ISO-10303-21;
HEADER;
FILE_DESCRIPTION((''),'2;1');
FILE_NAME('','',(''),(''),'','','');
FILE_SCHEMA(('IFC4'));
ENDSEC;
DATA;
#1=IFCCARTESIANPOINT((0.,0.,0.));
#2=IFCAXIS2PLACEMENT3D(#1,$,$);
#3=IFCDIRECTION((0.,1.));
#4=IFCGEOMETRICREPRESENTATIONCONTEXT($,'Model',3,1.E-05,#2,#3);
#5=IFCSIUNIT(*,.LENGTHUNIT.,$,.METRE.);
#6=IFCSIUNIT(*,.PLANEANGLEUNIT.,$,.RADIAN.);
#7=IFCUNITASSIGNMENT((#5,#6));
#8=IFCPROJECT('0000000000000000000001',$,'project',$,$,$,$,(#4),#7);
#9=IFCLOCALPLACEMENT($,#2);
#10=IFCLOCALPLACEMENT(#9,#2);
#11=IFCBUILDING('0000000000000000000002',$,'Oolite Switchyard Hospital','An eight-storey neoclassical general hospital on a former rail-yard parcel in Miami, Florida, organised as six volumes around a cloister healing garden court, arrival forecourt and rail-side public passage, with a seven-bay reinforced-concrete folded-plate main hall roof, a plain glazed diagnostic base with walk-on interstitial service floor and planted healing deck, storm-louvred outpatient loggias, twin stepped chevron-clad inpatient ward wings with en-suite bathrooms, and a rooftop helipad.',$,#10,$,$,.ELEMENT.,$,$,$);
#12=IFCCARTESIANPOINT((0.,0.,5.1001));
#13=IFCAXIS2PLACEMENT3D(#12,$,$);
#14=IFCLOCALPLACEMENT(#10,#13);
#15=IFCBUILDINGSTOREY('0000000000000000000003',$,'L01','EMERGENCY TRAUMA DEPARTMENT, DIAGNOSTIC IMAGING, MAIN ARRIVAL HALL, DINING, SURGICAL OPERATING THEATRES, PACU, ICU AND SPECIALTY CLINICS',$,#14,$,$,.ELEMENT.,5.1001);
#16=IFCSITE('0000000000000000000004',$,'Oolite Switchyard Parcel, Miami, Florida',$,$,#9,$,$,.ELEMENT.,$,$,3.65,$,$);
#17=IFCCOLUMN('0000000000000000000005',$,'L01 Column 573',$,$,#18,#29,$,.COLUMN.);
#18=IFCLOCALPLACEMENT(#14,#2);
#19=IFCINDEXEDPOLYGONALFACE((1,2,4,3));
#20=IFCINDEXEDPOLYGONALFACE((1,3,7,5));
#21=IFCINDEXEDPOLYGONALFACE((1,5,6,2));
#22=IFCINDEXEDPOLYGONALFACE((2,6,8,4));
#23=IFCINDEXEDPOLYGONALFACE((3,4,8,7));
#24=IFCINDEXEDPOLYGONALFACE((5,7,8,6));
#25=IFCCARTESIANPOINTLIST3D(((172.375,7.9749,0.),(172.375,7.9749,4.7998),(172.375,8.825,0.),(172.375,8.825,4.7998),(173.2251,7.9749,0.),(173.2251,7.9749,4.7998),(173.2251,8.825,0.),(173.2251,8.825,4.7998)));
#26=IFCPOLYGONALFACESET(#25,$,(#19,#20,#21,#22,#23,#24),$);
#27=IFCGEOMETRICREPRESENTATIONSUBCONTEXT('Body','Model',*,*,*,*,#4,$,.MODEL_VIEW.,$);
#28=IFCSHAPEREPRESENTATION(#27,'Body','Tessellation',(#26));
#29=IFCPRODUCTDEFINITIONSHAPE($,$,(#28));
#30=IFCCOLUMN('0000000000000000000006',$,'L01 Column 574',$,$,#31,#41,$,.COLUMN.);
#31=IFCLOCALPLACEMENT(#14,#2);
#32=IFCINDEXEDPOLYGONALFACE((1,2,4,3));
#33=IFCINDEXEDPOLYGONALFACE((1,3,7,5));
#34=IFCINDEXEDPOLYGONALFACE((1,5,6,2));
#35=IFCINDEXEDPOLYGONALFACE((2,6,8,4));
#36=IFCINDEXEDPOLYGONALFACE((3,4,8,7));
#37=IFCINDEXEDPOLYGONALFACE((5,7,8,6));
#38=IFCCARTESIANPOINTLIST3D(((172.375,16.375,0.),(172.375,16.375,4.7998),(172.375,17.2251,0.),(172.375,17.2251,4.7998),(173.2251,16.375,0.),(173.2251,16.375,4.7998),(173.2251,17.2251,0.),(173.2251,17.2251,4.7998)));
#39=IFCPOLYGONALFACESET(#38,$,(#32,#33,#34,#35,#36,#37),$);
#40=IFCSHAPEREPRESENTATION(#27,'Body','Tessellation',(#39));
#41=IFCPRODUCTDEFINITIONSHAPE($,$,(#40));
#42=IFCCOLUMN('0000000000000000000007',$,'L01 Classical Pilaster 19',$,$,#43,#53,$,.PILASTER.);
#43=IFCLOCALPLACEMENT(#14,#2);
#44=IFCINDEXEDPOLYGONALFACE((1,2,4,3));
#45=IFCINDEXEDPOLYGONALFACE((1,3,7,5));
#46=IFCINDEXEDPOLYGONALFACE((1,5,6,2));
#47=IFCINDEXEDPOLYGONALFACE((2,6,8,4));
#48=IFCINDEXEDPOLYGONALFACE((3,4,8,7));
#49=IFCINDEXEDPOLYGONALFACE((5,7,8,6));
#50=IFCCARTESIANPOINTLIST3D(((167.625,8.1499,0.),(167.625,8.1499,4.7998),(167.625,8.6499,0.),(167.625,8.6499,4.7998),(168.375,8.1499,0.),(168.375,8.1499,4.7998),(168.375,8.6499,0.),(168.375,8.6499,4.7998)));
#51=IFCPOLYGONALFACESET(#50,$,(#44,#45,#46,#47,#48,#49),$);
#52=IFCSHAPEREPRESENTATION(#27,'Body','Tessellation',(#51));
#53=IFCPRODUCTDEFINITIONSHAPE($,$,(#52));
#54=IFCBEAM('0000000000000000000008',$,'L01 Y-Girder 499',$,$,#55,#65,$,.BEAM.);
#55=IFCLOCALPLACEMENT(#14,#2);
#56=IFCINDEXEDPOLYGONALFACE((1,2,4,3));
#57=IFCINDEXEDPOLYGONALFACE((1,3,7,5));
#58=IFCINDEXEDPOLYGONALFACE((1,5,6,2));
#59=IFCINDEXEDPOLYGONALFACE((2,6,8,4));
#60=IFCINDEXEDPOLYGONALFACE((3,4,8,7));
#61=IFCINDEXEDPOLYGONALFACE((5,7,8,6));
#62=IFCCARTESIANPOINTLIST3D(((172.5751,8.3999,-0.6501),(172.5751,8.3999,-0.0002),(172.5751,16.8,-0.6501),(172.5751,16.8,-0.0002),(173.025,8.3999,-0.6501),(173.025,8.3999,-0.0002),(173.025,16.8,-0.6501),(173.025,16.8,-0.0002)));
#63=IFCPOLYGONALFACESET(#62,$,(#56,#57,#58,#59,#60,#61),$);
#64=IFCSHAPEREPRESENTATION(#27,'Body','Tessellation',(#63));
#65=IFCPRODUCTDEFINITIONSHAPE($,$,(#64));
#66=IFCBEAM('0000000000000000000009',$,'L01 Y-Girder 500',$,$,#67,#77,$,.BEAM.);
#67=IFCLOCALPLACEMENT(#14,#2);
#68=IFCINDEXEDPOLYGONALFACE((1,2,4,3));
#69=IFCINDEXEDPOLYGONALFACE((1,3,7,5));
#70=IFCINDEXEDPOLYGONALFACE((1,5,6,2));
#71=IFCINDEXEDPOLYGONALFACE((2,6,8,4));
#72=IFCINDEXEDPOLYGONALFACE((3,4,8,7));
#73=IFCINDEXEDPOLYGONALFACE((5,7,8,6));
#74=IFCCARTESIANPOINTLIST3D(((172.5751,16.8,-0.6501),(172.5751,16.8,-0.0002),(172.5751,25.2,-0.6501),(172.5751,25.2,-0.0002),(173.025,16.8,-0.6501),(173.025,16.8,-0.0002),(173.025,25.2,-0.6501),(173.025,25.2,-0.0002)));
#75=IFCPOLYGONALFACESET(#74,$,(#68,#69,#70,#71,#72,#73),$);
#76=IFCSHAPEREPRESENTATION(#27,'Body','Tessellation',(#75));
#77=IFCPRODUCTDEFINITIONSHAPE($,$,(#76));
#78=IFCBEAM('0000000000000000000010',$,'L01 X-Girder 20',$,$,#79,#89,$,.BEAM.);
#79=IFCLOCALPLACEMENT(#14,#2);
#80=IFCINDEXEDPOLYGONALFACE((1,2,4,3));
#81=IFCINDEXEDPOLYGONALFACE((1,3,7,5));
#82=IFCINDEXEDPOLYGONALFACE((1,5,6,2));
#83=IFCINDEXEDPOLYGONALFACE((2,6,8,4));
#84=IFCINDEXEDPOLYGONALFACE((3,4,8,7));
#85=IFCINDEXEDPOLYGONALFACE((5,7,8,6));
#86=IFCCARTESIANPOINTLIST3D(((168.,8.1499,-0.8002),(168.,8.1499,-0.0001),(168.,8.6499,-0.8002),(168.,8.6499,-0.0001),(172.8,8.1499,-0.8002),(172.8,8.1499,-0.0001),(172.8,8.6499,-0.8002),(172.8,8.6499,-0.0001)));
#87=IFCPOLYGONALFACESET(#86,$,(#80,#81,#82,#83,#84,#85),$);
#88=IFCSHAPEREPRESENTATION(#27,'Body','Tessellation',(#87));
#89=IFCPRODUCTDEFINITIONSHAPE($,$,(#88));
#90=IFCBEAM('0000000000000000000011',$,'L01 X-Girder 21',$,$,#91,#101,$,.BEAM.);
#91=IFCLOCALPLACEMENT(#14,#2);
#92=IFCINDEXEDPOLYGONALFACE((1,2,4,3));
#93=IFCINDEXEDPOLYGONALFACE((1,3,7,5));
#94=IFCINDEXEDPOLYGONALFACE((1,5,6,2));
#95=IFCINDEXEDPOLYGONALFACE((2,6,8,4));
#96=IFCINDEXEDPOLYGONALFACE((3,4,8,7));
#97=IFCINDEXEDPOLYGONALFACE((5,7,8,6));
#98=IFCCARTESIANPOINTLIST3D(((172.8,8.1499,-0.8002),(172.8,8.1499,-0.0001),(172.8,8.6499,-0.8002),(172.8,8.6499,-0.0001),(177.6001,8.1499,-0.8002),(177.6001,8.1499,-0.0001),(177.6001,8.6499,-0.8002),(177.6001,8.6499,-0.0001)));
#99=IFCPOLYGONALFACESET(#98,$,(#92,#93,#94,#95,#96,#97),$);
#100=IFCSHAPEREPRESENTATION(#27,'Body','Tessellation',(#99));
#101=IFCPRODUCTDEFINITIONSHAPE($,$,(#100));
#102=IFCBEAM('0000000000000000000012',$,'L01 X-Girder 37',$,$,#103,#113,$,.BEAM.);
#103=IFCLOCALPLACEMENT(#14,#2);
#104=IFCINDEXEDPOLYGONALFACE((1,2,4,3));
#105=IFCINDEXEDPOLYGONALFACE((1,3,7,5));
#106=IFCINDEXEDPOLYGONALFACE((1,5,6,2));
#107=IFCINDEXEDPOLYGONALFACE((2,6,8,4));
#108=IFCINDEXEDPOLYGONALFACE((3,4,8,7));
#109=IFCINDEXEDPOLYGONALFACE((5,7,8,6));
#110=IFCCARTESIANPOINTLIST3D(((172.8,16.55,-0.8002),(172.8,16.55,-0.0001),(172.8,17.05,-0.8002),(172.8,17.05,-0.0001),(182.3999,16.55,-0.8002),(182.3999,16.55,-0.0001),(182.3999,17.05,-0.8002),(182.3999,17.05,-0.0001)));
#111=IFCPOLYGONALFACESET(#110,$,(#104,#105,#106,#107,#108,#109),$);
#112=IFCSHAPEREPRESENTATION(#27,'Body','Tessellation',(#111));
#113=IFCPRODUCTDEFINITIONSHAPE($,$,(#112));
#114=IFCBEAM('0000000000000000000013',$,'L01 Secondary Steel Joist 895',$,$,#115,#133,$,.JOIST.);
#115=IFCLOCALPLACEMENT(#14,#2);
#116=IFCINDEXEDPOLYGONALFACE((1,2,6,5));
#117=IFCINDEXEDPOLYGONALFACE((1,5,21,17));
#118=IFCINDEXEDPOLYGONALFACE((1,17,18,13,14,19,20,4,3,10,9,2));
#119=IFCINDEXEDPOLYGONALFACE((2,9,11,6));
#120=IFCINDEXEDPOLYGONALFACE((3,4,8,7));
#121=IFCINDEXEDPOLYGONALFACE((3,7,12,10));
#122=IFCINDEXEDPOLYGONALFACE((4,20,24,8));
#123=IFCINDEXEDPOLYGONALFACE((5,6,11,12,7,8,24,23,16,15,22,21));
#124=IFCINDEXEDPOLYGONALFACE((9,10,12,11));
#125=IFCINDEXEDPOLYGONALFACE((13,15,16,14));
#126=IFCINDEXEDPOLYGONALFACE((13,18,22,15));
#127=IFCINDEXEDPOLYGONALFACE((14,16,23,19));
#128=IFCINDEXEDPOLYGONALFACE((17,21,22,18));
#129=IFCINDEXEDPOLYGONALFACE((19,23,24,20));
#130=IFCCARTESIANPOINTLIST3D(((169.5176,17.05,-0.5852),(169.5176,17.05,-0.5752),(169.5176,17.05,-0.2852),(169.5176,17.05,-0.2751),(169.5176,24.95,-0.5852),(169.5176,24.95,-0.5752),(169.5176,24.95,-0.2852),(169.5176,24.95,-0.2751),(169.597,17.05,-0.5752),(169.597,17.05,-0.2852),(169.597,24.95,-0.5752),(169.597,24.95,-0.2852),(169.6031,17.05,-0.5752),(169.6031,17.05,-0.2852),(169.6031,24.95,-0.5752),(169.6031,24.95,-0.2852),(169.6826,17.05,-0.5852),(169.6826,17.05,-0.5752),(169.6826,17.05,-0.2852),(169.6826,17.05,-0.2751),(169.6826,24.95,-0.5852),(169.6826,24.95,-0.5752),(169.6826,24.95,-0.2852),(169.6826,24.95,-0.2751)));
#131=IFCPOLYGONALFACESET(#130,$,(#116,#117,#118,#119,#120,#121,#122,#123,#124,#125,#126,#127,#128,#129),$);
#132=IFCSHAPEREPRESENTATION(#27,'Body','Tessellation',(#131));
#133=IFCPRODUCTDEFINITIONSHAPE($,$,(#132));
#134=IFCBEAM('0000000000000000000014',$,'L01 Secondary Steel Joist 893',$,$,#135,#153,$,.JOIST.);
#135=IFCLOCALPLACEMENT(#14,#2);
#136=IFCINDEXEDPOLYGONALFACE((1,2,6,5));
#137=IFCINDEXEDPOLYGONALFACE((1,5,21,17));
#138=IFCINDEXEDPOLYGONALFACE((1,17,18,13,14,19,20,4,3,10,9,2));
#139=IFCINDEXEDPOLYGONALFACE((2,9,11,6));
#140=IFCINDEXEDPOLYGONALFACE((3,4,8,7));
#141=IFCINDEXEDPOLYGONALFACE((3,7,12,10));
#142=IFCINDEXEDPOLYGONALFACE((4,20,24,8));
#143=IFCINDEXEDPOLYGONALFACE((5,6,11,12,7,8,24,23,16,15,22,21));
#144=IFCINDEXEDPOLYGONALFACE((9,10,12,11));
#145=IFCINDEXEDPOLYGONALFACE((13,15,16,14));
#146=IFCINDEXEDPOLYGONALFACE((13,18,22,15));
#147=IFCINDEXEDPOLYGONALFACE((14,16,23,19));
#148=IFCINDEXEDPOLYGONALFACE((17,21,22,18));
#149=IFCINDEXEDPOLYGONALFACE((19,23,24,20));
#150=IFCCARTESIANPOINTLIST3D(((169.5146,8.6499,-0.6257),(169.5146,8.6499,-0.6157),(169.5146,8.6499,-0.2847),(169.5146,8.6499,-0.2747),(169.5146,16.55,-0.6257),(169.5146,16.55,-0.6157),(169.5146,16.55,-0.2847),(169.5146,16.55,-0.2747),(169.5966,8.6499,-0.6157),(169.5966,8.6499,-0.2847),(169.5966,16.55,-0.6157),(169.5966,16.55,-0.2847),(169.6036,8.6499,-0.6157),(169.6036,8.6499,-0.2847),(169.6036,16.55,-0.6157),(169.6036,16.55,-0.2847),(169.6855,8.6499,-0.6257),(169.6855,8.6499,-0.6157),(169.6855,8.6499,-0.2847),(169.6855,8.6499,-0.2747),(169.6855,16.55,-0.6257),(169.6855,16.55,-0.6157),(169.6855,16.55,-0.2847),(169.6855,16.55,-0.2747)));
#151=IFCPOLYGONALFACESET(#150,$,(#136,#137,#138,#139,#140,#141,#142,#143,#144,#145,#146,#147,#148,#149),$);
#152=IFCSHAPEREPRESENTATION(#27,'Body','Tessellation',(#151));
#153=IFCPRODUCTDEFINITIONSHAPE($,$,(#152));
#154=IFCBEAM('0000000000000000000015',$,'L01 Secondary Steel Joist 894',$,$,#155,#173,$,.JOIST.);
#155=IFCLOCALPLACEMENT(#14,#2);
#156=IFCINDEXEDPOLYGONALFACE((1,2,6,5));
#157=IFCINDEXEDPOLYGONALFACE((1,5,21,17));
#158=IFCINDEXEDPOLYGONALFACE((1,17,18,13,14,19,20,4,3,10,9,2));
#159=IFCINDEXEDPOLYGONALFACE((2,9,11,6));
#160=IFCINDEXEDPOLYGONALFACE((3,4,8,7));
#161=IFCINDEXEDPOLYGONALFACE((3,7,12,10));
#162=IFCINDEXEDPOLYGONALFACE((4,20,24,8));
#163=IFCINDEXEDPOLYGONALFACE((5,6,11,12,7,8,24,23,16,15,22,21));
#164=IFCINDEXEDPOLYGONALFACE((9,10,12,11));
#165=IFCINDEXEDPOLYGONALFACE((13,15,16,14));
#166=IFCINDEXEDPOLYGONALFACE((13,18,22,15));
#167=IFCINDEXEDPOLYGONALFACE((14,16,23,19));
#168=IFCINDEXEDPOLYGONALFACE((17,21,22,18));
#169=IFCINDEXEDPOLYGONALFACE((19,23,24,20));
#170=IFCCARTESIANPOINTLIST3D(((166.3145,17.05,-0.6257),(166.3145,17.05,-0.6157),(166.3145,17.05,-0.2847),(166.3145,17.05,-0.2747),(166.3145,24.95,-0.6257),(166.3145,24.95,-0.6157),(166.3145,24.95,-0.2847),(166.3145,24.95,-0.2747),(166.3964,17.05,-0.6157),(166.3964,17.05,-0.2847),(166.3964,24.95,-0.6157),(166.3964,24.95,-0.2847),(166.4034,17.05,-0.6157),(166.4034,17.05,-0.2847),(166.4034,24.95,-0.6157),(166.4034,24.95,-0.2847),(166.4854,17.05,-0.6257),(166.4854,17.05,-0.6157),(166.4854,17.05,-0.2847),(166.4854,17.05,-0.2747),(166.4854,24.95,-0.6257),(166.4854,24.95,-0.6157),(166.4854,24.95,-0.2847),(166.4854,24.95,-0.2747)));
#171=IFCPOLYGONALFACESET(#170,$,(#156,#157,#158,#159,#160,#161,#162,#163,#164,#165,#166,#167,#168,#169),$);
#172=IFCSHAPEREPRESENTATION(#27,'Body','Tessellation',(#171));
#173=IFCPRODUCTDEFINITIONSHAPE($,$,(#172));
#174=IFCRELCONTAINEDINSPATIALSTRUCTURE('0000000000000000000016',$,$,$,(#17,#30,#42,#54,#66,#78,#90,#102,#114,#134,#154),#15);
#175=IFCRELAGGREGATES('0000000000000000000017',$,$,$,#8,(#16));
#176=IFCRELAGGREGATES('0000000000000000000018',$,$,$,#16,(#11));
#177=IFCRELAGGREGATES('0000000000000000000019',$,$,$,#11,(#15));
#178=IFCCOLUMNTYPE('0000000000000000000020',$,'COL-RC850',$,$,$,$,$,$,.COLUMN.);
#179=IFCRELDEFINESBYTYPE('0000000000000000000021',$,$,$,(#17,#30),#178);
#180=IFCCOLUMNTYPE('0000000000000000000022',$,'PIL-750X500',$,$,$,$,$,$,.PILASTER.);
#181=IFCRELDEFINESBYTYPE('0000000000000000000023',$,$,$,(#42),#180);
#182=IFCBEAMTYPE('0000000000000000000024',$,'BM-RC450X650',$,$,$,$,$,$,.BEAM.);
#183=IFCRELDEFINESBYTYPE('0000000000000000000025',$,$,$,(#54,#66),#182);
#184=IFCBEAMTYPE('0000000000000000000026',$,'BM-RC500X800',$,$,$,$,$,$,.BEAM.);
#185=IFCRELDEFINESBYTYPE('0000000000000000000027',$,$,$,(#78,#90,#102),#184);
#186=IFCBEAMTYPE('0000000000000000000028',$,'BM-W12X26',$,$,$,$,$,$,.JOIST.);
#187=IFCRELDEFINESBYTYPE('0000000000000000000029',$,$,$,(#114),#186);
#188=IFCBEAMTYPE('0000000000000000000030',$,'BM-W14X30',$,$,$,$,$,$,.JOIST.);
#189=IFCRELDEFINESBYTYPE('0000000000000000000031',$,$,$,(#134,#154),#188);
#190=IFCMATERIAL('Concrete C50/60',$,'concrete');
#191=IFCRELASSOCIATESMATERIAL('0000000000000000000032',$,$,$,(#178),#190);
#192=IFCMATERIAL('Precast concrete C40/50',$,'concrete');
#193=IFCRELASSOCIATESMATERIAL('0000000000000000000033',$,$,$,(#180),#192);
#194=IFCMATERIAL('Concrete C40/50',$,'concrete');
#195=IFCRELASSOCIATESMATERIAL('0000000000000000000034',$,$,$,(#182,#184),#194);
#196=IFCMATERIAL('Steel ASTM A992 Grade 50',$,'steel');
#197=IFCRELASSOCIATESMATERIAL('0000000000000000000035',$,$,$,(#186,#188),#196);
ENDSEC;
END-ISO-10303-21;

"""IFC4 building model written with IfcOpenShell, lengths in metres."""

from ifc_helpers import new_model, si_unit, direction, frame, origin, origin_2d, place, context, subcontext, project, spatial, rectangle, i_section, extrude, material, material_profile, profile_set, type_object, element, save


model = new_model("IFC4")

# Units and contexts
model_context = context("Model", 3, precision=1e-05, world=origin(), true_north=direction((0.0, 1.0)))
body_context = subcontext(model_context, "Body", "Model", "MODEL_VIEW")
ifc_project = project(units=[si_unit("LENGTHUNIT", "METRE"), si_unit("PLANEANGLEUNIT", "RADIAN")], contexts=[model_context])

# Site, building, storey
site_placement = place(None, origin())
site = spatial("IfcSite", under=ifc_project, at=site_placement, Name="Oolite Switchyard Parcel, Miami, Florida", CompositionType="ELEMENT", RefElevation=3.65)
building_placement = place(site_placement, origin())
building = spatial("IfcBuilding", under=site, at=building_placement, Name="Oolite Switchyard Hospital", Description="An eight-storey neoclassical general hospital on a former rail-yard parcel in Miami, Florida, organised as six volumes around a cloister healing garden court, arrival forecourt and rail-side public passage, with a seven-bay reinforced-concrete folded-plate main hall roof, a plain glazed diagnostic base with walk-on interstitial service floor and planted healing deck, storm-louvred outpatient loggias, twin stepped chevron-clad inpatient ward wings with en-suite bathrooms, and a rooftop helipad.", CompositionType="ELEMENT")
storey_placement = place(building_placement, frame((0.0, 0.0, 5.1001)))
storey = spatial("IfcBuildingStorey", under=building, at=storey_placement, Name="L01", Description="EMERGENCY TRAUMA DEPARTMENT, DIAGNOSTIC IMAGING, MAIN ARRIVAL HALL, DINING, SURGICAL OPERATING THEATRES, PACU, ICU AND SPECIALTY CLINICS", CompositionType="ELEMENT", Elevation=5.1001)

# Columns
ifc_material_1 = material(Name="Concrete C50/60", Category="concrete")
ifc_material_profile_1 = material_profile(ifc_material_1, rectangle(XDim=0.8501, YDim=0.8501, at=origin_2d()), Name="RC850X850")
ifc_profile_set_1 = profile_set([ifc_material_profile_1], Name="Concrete C50/60")
column_type_1 = type_object("IfcColumnType", Name="COL-RC850", PredefinedType="COLUMN", material=ifc_profile_set_1)
for number, where, z_axis, x_axis, name in (
    (1, (172.8, 8.3999, 0.0), (0.0, 0.0, 1.0), (1.0, 0.0, 0.0), "L01 Column 573"),
    (2, (172.8, 16.8, 0.0), (0.0, 0.0, 1.0), (1.0, 0.0, 0.0), "L01 Column 574"),
):
    element("IfcColumn", number, at=place(storey_placement, frame(where, z_axis=z_axis, x_axis=x_axis)), inside=storey, type_object=column_type_1, Name=name, PredefinedType="COLUMN", context=body_context, shape_type="SweptSolid", body=[
        extrude(rectangle(XDim=0.8501, YDim=0.8501, at=origin_2d()), origin(), (0.0, 0.0, 1.0), 4.7998),
    ])
ifc_material_2 = material(Name="Precast concrete C40/50", Category="concrete")
ifc_material_profile_2 = material_profile(ifc_material_2, rectangle(XDim=0.75, YDim=0.5, at=origin_2d()), Name="PIL750X500")
ifc_profile_set_2 = profile_set([ifc_material_profile_2], Name="Precast concrete C40/50")
column_type_2 = type_object("IfcColumnType", Name="PIL-750X500", PredefinedType="PILASTER", material=ifc_profile_set_2)
column_placement = place(storey_placement, frame((168.0, 8.3999, 0.0), z_axis=(0.0, 0.0, 1.0), x_axis=(1.0, 0.0, 0.0)))
element("IfcColumn", 3, at=column_placement, inside=storey, type_object=column_type_2, Name="L01 Classical Pilaster 19", PredefinedType="PILASTER", context=body_context, shape_type="SweptSolid", body=[
    extrude(rectangle(XDim=0.75, YDim=0.5, at=origin_2d()), origin(), (0.0, 0.0, 1.0), 4.7998),
])

# Beams
ifc_material_3 = material(Name="Concrete C40/50", Category="concrete")
ifc_material_profile_3 = material_profile(ifc_material_3, rectangle(XDim=0.45, YDim=0.6499, at=origin_2d()), Name="RCB450X650")
ifc_profile_set_3 = profile_set([ifc_material_profile_3], Name="Concrete C40/50")
beam_type_1 = type_object("IfcBeamType", Name="BM-RC450X650", PredefinedType="BEAM", material=ifc_profile_set_3)
beam_1_placement = place(storey_placement, frame((172.8, 8.3999, -0.3252), z_axis=(0.0, 1.0, 0.0), x_axis=(-1.0, 0.0, 0.0)))
element("IfcBeam", 4, at=beam_1_placement, inside=storey, type_object=beam_type_1, Name="L01 Y-Girder 499", PredefinedType="BEAM", context=body_context, shape_type="SweptSolid", body=[
    extrude(rectangle(XDim=0.45, YDim=0.6499, at=origin_2d()), origin(), (0.0, 0.0, 1.0), 8.4001),
])
beam_2_placement = place(storey_placement, frame((172.8, 16.8, -0.3252), z_axis=(0.0, 1.0, 0.0), x_axis=(-1.0, 0.0, 0.0)))
element("IfcBeam", 5, at=beam_2_placement, inside=storey, type_object=beam_type_1, Name="L01 Y-Girder 500", PredefinedType="BEAM", context=body_context, shape_type="SweptSolid", body=[
    extrude(rectangle(XDim=0.45, YDim=0.6499, at=origin_2d()), origin(), (0.0, 0.0, 1.0), 8.3999),
])
ifc_material_profile_4 = material_profile(ifc_material_3, rectangle(XDim=0.5, YDim=0.8, at=origin_2d()), Name="RCB500X800")
ifc_profile_set_4 = profile_set([ifc_material_profile_4], Name="Concrete C40/50")
beam_type_2 = type_object("IfcBeamType", Name="BM-RC500X800", PredefinedType="BEAM", material=ifc_profile_set_4)
for number, where, z_axis, x_axis, name in (
    (6, (168.0, 8.3999, -0.4001), (1.0, 0.0, 0.0), (0.0, 1.0, 0.0), "L01 X-Girder 20"),
    (7, (172.8, 8.3999, -0.4001), (1.0, 0.0, 0.0), (0.0, 1.0, 0.0), "L01 X-Girder 21"),
):
    element("IfcBeam", number, at=place(storey_placement, frame(where, z_axis=z_axis, x_axis=x_axis)), inside=storey, type_object=beam_type_2, Name=name, PredefinedType="BEAM", context=body_context, shape_type="SweptSolid", body=[
        extrude(rectangle(XDim=0.5, YDim=0.8, at=origin_2d()), origin(), (0.0, 0.0, 1.0), 4.8),
    ])
beam_3_placement = place(storey_placement, frame((172.8, 16.8, -0.4001), z_axis=(1.0, 0.0, 0.0), x_axis=(0.0, 1.0, 0.0)))
element("IfcBeam", 8, at=beam_3_placement, inside=storey, type_object=beam_type_2, Name="L01 X-Girder 37", PredefinedType="BEAM", context=body_context, shape_type="SweptSolid", body=[
    extrude(rectangle(XDim=0.5, YDim=0.8, at=origin_2d()), origin(), (0.0, 0.0, 1.0), 9.5999),
])
ifc_material_4 = material(Name="Steel ASTM A992 Grade 50", Category="steel")
ifc_material_profile_5 = material_profile(ifc_material_4, i_section(OverallWidth=0.165, OverallDepth=0.3101, WebThickness=0.0061, FlangeThickness=0.01, at=origin_2d()), Name="W12X26")
ifc_profile_set_5 = profile_set([ifc_material_profile_5], Name="Steel ASTM A992 Grade 50")
beam_type_3 = type_object("IfcBeamType", Name="BM-W12X26", PredefinedType="JOIST", material=ifc_profile_set_5)
beam_4_placement = place(storey_placement, frame((169.6001, 17.05, -0.4302), z_axis=(0.0, 1.0, 0.0), x_axis=(-1.0, 0.0, 0.0)))
element("IfcBeam", 9, at=beam_4_placement, inside=storey, type_object=beam_type_3, Name="L01 Secondary Steel Joist 895", PredefinedType="JOIST", context=body_context, shape_type="SweptSolid", body=[
    extrude(i_section(OverallWidth=0.165, OverallDepth=0.3101, WebThickness=0.0061, FlangeThickness=0.01, at=origin_2d()), origin(), (0.0, 0.0, 1.0), 7.8999),
])
ifc_material_profile_6 = material_profile(ifc_material_4, i_section(OverallWidth=0.1709, OverallDepth=0.3511, WebThickness=0.0071, FlangeThickness=0.01, at=origin_2d()), Name="W14X30")
ifc_profile_set_6 = profile_set([ifc_material_profile_6], Name="Steel ASTM A992 Grade 50")
beam_type_4 = type_object("IfcBeamType", Name="BM-W14X30", PredefinedType="JOIST", material=ifc_profile_set_6)
beam_5_placement = place(storey_placement, frame((169.6001, 8.6499, -0.4502), z_axis=(0.0, 1.0, 0.0), x_axis=(-1.0, 0.0, 0.0)))
element("IfcBeam", 10, at=beam_5_placement, inside=storey, type_object=beam_type_4, Name="L01 Secondary Steel Joist 893", PredefinedType="JOIST", context=body_context, shape_type="SweptSolid", body=[
    extrude(i_section(OverallWidth=0.1709, OverallDepth=0.3511, WebThickness=0.0071, FlangeThickness=0.01, at=origin_2d()), origin(), (0.0, 0.0, 1.0), 7.9001),
])
beam_6_placement = place(storey_placement, frame((166.3999, 17.05, -0.4502), z_axis=(0.0, 1.0, 0.0), x_axis=(-1.0, 0.0, 0.0)))
element("IfcBeam", 11, at=beam_6_placement, inside=storey, type_object=beam_type_4, Name="L01 Secondary Steel Joist 894", PredefinedType="JOIST", context=body_context, shape_type="SweptSolid", body=[
    extrude(i_section(OverallWidth=0.1709, OverallDepth=0.3511, WebThickness=0.0071, FlangeThickness=0.01, at=origin_2d()), origin(), (0.0, 0.0, 1.0), 7.8999),
])

save(model, "model.ifc")
